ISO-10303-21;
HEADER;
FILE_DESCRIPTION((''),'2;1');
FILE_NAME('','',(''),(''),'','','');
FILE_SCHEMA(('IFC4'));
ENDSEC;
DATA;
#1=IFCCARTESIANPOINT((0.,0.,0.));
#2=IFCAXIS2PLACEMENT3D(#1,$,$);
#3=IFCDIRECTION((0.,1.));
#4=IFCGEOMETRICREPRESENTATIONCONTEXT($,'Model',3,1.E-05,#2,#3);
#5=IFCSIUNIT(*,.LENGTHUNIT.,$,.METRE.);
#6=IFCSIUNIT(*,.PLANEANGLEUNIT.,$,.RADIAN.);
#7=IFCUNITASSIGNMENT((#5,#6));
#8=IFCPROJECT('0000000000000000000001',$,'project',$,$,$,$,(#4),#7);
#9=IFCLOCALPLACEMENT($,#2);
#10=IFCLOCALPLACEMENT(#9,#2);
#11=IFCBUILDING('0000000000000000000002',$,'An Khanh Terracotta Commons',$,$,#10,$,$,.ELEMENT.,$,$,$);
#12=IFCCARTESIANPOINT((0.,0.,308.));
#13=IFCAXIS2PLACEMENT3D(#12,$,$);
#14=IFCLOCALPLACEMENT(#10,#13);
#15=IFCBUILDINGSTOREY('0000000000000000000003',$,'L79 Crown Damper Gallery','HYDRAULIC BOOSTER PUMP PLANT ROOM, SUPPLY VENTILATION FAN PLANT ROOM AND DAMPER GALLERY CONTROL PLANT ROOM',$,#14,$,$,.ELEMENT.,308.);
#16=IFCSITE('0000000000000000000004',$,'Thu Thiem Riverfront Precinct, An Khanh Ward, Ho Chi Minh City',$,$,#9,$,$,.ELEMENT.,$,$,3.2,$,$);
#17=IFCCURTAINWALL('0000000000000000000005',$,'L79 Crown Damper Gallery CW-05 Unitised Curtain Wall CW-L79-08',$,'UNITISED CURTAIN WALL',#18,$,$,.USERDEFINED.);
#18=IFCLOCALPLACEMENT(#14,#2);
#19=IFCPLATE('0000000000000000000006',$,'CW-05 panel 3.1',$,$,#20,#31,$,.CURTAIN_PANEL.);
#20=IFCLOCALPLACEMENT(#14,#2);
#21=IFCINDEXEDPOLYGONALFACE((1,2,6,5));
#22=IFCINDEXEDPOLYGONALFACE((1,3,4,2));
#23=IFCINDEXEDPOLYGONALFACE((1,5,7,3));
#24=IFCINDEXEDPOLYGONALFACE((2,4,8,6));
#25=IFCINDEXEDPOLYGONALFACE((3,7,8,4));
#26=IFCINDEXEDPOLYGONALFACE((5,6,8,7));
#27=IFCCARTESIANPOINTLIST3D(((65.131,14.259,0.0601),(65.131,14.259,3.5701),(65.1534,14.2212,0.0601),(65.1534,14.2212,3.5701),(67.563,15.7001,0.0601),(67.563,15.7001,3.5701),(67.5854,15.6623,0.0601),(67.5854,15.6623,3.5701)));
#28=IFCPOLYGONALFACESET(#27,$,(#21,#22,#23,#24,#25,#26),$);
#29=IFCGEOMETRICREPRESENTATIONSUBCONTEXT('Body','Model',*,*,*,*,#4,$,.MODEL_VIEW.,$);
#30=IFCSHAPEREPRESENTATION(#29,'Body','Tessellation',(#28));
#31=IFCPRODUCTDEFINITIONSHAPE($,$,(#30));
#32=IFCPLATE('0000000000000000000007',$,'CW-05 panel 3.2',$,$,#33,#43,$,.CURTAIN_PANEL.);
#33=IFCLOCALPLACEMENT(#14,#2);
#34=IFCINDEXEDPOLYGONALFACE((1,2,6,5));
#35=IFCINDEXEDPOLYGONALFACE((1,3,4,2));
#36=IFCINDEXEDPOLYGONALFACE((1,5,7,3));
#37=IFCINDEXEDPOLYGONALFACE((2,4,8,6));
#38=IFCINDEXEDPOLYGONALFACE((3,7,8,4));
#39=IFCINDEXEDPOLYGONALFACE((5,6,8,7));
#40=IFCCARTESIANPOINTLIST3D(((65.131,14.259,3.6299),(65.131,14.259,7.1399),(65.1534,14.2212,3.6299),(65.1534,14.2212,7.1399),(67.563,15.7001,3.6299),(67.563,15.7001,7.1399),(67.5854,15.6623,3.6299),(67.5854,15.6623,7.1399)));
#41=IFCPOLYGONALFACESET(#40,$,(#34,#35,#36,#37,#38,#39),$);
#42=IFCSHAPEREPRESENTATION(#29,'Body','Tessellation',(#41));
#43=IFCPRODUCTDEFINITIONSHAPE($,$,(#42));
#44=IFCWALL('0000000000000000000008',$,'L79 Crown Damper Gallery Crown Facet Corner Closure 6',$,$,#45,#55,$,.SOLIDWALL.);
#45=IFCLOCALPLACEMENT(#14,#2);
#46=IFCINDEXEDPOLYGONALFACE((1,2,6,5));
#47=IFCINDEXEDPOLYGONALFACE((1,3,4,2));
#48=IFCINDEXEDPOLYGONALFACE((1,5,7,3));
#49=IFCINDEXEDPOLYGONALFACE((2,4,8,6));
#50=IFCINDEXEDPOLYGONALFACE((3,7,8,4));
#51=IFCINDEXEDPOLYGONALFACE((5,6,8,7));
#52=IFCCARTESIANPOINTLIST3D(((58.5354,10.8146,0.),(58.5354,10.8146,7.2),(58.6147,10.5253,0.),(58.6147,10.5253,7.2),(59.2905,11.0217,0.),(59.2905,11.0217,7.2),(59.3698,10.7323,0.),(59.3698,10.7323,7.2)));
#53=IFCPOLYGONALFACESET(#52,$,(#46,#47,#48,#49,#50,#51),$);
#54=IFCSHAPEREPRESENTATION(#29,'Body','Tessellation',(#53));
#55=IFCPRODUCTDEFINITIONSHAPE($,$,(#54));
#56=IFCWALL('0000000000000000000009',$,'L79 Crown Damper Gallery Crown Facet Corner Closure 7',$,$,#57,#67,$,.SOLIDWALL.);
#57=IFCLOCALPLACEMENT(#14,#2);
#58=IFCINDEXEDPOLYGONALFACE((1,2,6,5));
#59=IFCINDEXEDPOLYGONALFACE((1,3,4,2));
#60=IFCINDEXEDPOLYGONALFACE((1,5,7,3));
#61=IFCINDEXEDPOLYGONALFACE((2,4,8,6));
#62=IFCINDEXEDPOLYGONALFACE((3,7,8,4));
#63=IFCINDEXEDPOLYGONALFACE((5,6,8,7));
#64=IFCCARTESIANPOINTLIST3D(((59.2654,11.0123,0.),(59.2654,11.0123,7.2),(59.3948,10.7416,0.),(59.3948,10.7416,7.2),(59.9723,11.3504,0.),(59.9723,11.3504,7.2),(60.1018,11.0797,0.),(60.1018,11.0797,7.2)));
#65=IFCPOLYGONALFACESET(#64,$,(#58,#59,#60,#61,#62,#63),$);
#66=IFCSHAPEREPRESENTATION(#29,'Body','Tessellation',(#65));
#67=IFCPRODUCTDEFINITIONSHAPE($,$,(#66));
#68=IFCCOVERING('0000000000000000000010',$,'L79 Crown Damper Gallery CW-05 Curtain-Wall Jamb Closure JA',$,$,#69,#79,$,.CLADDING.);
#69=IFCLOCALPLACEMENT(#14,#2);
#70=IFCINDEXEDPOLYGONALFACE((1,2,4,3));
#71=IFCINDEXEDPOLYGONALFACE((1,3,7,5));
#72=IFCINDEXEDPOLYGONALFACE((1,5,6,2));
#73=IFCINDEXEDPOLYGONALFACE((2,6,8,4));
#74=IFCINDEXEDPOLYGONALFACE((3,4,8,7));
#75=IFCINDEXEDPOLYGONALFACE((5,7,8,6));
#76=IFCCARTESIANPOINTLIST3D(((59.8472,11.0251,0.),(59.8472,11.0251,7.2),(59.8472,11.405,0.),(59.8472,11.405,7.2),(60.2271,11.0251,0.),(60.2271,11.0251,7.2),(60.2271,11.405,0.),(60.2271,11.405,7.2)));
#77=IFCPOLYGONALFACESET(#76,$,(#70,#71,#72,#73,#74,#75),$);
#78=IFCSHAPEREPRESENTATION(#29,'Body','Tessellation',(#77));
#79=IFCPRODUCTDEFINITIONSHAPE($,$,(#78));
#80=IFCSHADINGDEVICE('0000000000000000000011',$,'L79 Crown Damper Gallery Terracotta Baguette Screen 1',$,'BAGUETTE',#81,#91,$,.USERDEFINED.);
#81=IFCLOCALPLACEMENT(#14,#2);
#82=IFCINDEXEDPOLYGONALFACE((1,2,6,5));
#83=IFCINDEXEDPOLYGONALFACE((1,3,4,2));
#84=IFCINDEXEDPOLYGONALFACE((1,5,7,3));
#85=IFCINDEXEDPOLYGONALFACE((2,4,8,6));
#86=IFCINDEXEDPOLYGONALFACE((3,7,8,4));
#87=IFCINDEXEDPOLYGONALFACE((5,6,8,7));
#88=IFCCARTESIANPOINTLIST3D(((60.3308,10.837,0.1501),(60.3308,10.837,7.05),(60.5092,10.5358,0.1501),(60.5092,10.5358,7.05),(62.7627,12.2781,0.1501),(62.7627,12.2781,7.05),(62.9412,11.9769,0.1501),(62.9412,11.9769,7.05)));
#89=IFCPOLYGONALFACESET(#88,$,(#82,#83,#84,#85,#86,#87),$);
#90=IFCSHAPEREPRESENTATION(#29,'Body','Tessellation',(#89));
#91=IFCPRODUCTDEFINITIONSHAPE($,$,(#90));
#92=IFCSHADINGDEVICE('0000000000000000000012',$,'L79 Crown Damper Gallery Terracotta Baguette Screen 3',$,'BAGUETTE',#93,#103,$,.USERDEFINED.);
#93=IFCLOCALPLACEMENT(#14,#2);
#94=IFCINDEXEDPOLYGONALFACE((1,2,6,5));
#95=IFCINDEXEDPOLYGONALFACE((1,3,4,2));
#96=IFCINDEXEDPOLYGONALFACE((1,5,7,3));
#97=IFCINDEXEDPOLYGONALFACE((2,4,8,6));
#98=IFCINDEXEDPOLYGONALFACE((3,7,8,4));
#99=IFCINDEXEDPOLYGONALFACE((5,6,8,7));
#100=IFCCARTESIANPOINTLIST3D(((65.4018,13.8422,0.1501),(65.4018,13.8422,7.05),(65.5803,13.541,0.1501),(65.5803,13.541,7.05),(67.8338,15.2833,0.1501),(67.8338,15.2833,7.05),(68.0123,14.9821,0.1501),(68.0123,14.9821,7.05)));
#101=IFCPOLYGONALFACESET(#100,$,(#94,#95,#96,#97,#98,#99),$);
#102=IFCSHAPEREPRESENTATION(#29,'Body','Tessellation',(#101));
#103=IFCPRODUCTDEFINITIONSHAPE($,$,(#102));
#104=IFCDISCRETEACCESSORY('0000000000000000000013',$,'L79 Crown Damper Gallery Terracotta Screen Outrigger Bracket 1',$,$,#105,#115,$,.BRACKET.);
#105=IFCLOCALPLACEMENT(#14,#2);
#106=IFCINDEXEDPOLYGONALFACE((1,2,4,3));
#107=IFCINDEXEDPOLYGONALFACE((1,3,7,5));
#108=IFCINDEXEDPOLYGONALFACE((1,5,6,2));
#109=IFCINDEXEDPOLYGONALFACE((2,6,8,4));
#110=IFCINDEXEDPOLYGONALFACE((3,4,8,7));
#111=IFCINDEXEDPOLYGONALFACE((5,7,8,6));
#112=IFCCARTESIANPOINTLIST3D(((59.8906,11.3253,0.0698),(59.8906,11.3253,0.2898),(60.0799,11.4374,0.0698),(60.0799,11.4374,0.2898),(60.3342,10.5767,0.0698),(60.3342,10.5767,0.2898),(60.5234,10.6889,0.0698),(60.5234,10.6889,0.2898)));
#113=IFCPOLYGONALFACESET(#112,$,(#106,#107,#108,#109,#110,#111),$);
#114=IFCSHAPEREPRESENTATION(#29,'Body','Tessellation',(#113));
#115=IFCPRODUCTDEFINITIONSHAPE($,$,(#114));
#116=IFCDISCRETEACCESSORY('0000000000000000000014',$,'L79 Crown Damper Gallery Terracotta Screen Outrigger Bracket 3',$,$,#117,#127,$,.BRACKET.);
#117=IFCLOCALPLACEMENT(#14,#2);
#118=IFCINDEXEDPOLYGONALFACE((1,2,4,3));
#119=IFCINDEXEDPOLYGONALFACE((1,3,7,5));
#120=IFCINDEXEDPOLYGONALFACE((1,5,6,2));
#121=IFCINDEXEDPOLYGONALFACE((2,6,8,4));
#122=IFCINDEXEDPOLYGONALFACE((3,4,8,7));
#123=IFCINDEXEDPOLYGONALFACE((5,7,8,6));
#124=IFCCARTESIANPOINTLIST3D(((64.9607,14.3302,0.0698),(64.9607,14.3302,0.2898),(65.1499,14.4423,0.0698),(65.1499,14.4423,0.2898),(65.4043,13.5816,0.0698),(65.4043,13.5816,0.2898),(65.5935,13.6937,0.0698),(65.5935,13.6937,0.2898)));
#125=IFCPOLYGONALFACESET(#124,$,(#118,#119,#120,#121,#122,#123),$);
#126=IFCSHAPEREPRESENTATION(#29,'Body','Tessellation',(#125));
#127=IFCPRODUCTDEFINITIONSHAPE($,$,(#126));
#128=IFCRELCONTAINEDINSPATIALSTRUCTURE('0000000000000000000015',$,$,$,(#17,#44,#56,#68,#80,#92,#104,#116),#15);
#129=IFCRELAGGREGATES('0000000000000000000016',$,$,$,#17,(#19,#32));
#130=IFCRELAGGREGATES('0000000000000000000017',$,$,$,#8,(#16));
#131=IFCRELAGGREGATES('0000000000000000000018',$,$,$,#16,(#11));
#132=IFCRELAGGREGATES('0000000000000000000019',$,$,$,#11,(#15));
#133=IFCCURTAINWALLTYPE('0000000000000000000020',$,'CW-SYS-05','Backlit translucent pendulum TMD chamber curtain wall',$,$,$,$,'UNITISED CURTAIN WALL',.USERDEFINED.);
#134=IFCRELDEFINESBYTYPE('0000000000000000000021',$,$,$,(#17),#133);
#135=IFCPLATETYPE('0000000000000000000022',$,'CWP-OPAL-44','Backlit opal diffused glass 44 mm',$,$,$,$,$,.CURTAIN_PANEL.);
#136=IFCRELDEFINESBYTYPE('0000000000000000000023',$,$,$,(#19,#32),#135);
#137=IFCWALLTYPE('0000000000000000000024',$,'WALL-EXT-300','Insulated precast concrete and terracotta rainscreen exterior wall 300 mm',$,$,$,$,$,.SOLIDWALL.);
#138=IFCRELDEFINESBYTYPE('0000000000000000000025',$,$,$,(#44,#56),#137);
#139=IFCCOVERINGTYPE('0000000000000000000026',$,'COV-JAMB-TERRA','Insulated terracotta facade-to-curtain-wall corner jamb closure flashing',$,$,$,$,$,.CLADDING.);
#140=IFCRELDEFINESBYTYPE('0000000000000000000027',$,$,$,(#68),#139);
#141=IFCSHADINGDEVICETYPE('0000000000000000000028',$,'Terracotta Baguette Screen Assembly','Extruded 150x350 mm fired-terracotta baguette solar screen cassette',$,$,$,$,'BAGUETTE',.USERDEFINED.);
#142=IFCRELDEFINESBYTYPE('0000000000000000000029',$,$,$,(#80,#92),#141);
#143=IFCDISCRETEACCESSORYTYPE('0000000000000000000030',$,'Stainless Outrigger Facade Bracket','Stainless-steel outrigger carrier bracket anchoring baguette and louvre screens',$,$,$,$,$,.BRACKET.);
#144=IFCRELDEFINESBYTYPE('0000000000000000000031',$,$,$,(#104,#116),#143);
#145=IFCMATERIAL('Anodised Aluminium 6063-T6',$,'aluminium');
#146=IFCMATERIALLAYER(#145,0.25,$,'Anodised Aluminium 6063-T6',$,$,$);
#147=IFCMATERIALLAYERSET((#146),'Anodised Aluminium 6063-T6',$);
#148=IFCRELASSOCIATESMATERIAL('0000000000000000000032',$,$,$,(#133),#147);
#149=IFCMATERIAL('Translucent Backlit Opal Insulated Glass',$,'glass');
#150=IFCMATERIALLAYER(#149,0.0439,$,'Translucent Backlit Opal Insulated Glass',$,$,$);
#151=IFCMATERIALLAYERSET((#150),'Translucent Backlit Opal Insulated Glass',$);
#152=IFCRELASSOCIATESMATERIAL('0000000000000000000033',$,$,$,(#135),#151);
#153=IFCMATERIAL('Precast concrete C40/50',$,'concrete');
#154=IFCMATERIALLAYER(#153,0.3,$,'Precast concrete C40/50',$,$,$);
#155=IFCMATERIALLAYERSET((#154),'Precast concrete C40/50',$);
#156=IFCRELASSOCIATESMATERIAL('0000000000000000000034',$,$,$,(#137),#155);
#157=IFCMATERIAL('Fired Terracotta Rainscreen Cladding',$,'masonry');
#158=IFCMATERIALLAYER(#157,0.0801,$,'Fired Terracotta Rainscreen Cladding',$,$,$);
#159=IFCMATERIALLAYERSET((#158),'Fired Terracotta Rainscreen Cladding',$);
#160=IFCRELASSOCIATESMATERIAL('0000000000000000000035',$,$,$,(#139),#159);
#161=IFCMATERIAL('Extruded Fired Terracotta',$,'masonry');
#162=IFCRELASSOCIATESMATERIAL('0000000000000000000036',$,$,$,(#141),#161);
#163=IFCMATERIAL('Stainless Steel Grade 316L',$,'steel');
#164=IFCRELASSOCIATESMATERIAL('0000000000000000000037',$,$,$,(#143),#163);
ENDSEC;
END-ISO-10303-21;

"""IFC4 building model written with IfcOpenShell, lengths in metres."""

from ifc_helpers import new_model, si_unit, direction, frame, frame_2d, origin, origin_2d, place, context, subcontext, project, spatial, rectangle, extrude, material, layer, layer_set, type_object, element, aggregate, save


model = new_model("IFC4")

# Units and contexts
model_context = context("Model", 3, precision=1e-05, world=origin(), true_north=direction((0.0, 1.0)))
body_context = subcontext(model_context, "Body", "Model", "MODEL_VIEW")
ifc_project = project(units=[si_unit("LENGTHUNIT", "METRE"), si_unit("PLANEANGLEUNIT", "RADIAN")], contexts=[model_context])

# Site, building, storey
site_placement = place(None, origin())
site = spatial("IfcSite", under=ifc_project, at=site_placement, Name="Thu Thiem Riverfront Precinct, An Khanh Ward, Ho Chi Minh City", CompositionType="ELEMENT", RefElevation=3.2)
building_placement = place(site_placement, origin())
building = spatial("IfcBuilding", under=site, at=building_placement, Name="An Khanh Terracotta Commons", CompositionType="ELEMENT")
storey_placement = place(building_placement, frame((0.0, 0.0, 308.0)))
storey = spatial("IfcBuildingStorey", under=building, at=storey_placement, Name="L79 Crown Damper Gallery", Description="HYDRAULIC BOOSTER PUMP PLANT ROOM, SUPPLY VENTILATION FAN PLANT ROOM AND DAMPER GALLERY CONTROL PLANT ROOM", CompositionType="ELEMENT", Elevation=308.0)

# Curtain wall, plates
ifc_material_1 = material(Name="Anodised Aluminium 6063-T6", Category="aluminium")
ifc_layer_1 = layer(ifc_material_1, 0.25, Name="Anodised Aluminium 6063-T6")
ifc_layer_set_1 = layer_set([ifc_layer_1], Name="Anodised Aluminium 6063-T6")
curtain_wall_type = type_object("IfcCurtainWallType", Name="CW-SYS-05", Description="Backlit translucent pendulum TMD chamber curtain wall", ElementType="UNITISED CURTAIN WALL", PredefinedType="USERDEFINED", material=ifc_layer_set_1)
curtain_wall_placement = place(storey_placement, origin())
curtain_wall = element("IfcCurtainWall", 1, at=curtain_wall_placement, inside=storey, type_object=curtain_wall_type, Name="L79 Crown Damper Gallery CW-05 Unitised Curtain Wall CW-L79-08", ObjectType="UNITISED CURTAIN WALL", PredefinedType="USERDEFINED")
ifc_material_2 = material(Name="Translucent Backlit Opal Insulated Glass", Category="glass")
ifc_layer_2 = layer(ifc_material_2, 0.0439, Name="Translucent Backlit Opal Insulated Glass")
ifc_layer_set_2 = layer_set([ifc_layer_2], Name="Translucent Backlit Opal Insulated Glass")
plate_type = type_object("IfcPlateType", Name="CWP-OPAL-44", Description="Backlit opal diffused glass 44 mm", PredefinedType="CURTAIN_PANEL", material=ifc_layer_set_2)
plate_1_placement = place(storey_placement, frame((66.3582, 14.9607, 0.0601), z_axis=(0.0, 0.0, 1.0), x_axis=(0.860304, 0.509781, 0.0)))
plate_1 = element("IfcPlate", 2, at=plate_1_placement, type_object=plate_type, Name="CW-05 panel 3.1", PredefinedType="CURTAIN_PANEL", context=body_context, shape_type="SweptSolid", body=[
    extrude(rectangle(XDim=2.8269, YDim=0.0439, at=origin_2d()), origin(), (0.0, 0.0, 1.0), 3.51),
])
plate_2_placement = place(storey_placement, frame((66.3582, 14.9607, 3.6299), z_axis=(0.0, 0.0, 1.0), x_axis=(0.860304, 0.509781, 0.0)))
plate_2 = element("IfcPlate", 3, at=plate_2_placement, type_object=plate_type, Name="CW-05 panel 3.2", PredefinedType="CURTAIN_PANEL", context=body_context, shape_type="SweptSolid", body=[
    extrude(rectangle(XDim=2.8269, YDim=0.0439, at=origin_2d()), origin(), (0.0, 0.0, 1.0), 3.51),
])
aggregate(curtain_wall, [plate_1, plate_2])

# Walls
ifc_material_3 = material(Name="Precast concrete C40/50", Category="concrete")
ifc_layer_3 = layer(ifc_material_3, 0.3, Name="Precast concrete C40/50")
ifc_layer_set_3 = layer_set([ifc_layer_3], Name="Precast concrete C40/50")
wall_type = type_object("IfcWallType", Name="WALL-EXT-300", Description="Insulated precast concrete and terracotta rainscreen exterior wall 300 mm", PredefinedType="SOLIDWALL", material=ifc_layer_set_3)
wall_1_placement = place(storey_placement, frame((58.575, 10.6699, 0.0), z_axis=(0.0, 0.0, 1.0), x_axis=(0.96441, 0.26441, 0.0)))
element("IfcWall", 4, at=wall_1_placement, inside=storey, type_object=wall_type, Name="L79 Crown Damper Gallery Crown Facet Corner Closure 6", PredefinedType="SOLIDWALL", context=body_context, shape_type="SweptSolid", body=[
    extrude(rectangle(XDim=0.783, YDim=0.3, at=frame_2d((0.3916, 0.0))), origin(), (0.0, 0.0, 1.0), 7.2),
])
wall_2_placement = place(storey_placement, frame((59.3301, 10.877, 0.0), z_axis=(0.0, 0.0, 1.0), x_axis=(0.902139, 0.431444, 0.0)))
element("IfcWall", 5, at=wall_2_placement, inside=storey, type_object=wall_type, Name="L79 Crown Damper Gallery Crown Facet Corner Closure 7", PredefinedType="SOLIDWALL", context=body_context, shape_type="SweptSolid", body=[
    extrude(rectangle(XDim=0.7837, YDim=0.3, at=frame_2d((0.3918, 0.0))), origin(), (0.0, 0.0, 1.0), 7.2),
])

# Covering
ifc_material_4 = material(Name="Fired Terracotta Rainscreen Cladding", Category="masonry")
ifc_layer_4 = layer(ifc_material_4, 0.0801, Name="Fired Terracotta Rainscreen Cladding")
ifc_layer_set_4 = layer_set([ifc_layer_4], Name="Fired Terracotta Rainscreen Cladding")
covering_type = type_object("IfcCoveringType", Name="COV-JAMB-TERRA", Description="Insulated terracotta facade-to-curtain-wall corner jamb closure flashing", PredefinedType="CLADDING", material=ifc_layer_set_4)
covering_placement = place(storey_placement, frame((60.0371, 11.2151, 0.0), z_axis=(0.0, 0.0, 1.0), x_axis=(1.0, 0.0, 0.0)))
element("IfcCovering", 6, at=covering_placement, inside=storey, type_object=covering_type, Name="L79 Crown Damper Gallery CW-05 Curtain-Wall Jamb Closure JA", PredefinedType="CLADDING", context=body_context, shape_type="SweptSolid", body=[
    extrude(rectangle(XDim=0.3799, YDim=0.3799, at=origin_2d()), origin(), (0.0, 0.0, 1.0), 7.2),
])

# Shading devices
ifc_material_5 = material(Name="Extruded Fired Terracotta", Category="masonry")
shading_device_type = type_object("IfcShadingDeviceType", Name="Terracotta Baguette Screen Assembly", Description="Extruded 150x350 mm fired-terracotta baguette solar screen cassette", ElementType="BAGUETTE", PredefinedType="USERDEFINED", material=ifc_material_5)
for number, where, z_axis, x_axis, name in (
    (7, (61.636, 11.407, 0.1501), (0.0, 0.0, 1.0), (0.860304, 0.509781, 0.0), "L79 Crown Damper Gallery Terracotta Baguette Screen 1"),
    (8, (66.707, 14.4121, 0.1501), (0.0, 0.0, 1.0), (0.860304, 0.509781, 0.0), "L79 Crown Damper Gallery Terracotta Baguette Screen 3"),
):
    element("IfcShadingDevice", number, at=place(storey_placement, frame(where, z_axis=z_axis, x_axis=x_axis)), inside=storey, type_object=shading_device_type, Name=name, ObjectType="BAGUETTE", PredefinedType="USERDEFINED", context=body_context, shape_type="SweptSolid", body=[
        extrude(rectangle(XDim=2.8269, YDim=0.3501, at=origin_2d()), origin(), (0.0, 0.0, 1.0), 6.8999),
    ])

# Discrete accessories
ifc_material_6 = material(Name="Stainless Steel Grade 316L", Category="steel")
discrete_accessory_type = type_object("IfcDiscreteAccessoryType", Name="Stainless Outrigger Facade Bracket", Description="Stainless-steel outrigger carrier bracket anchoring baguette and louvre screens", PredefinedType="BRACKET", material=ifc_material_6)
for number, where, z_axis, x_axis, name in (
    (9, (60.207, 11.0071, 0.0698), (0.0, 0.0, 1.0), (0.860304, 0.509781, 0.0), "L79 Crown Damper Gallery Terracotta Screen Outrigger Bracket 1"),
    (10, (65.2771, 14.012, 0.0698), (0.0, 0.0, 1.0), (0.860304, 0.509781, 0.0), "L79 Crown Damper Gallery Terracotta Screen Outrigger Bracket 3"),
):
    element("IfcDiscreteAccessory", number, at=place(storey_placement, frame(where, z_axis=z_axis, x_axis=x_axis)), inside=storey, type_object=discrete_accessory_type, Name=name, PredefinedType="BRACKET", context=body_context, shape_type="SweptSolid", body=[
        extrude(rectangle(XDim=0.22, YDim=0.8701, at=origin_2d()), origin(), (0.0, 0.0, 1.0), 0.22),
    ])

save(model, "model.ifc")
